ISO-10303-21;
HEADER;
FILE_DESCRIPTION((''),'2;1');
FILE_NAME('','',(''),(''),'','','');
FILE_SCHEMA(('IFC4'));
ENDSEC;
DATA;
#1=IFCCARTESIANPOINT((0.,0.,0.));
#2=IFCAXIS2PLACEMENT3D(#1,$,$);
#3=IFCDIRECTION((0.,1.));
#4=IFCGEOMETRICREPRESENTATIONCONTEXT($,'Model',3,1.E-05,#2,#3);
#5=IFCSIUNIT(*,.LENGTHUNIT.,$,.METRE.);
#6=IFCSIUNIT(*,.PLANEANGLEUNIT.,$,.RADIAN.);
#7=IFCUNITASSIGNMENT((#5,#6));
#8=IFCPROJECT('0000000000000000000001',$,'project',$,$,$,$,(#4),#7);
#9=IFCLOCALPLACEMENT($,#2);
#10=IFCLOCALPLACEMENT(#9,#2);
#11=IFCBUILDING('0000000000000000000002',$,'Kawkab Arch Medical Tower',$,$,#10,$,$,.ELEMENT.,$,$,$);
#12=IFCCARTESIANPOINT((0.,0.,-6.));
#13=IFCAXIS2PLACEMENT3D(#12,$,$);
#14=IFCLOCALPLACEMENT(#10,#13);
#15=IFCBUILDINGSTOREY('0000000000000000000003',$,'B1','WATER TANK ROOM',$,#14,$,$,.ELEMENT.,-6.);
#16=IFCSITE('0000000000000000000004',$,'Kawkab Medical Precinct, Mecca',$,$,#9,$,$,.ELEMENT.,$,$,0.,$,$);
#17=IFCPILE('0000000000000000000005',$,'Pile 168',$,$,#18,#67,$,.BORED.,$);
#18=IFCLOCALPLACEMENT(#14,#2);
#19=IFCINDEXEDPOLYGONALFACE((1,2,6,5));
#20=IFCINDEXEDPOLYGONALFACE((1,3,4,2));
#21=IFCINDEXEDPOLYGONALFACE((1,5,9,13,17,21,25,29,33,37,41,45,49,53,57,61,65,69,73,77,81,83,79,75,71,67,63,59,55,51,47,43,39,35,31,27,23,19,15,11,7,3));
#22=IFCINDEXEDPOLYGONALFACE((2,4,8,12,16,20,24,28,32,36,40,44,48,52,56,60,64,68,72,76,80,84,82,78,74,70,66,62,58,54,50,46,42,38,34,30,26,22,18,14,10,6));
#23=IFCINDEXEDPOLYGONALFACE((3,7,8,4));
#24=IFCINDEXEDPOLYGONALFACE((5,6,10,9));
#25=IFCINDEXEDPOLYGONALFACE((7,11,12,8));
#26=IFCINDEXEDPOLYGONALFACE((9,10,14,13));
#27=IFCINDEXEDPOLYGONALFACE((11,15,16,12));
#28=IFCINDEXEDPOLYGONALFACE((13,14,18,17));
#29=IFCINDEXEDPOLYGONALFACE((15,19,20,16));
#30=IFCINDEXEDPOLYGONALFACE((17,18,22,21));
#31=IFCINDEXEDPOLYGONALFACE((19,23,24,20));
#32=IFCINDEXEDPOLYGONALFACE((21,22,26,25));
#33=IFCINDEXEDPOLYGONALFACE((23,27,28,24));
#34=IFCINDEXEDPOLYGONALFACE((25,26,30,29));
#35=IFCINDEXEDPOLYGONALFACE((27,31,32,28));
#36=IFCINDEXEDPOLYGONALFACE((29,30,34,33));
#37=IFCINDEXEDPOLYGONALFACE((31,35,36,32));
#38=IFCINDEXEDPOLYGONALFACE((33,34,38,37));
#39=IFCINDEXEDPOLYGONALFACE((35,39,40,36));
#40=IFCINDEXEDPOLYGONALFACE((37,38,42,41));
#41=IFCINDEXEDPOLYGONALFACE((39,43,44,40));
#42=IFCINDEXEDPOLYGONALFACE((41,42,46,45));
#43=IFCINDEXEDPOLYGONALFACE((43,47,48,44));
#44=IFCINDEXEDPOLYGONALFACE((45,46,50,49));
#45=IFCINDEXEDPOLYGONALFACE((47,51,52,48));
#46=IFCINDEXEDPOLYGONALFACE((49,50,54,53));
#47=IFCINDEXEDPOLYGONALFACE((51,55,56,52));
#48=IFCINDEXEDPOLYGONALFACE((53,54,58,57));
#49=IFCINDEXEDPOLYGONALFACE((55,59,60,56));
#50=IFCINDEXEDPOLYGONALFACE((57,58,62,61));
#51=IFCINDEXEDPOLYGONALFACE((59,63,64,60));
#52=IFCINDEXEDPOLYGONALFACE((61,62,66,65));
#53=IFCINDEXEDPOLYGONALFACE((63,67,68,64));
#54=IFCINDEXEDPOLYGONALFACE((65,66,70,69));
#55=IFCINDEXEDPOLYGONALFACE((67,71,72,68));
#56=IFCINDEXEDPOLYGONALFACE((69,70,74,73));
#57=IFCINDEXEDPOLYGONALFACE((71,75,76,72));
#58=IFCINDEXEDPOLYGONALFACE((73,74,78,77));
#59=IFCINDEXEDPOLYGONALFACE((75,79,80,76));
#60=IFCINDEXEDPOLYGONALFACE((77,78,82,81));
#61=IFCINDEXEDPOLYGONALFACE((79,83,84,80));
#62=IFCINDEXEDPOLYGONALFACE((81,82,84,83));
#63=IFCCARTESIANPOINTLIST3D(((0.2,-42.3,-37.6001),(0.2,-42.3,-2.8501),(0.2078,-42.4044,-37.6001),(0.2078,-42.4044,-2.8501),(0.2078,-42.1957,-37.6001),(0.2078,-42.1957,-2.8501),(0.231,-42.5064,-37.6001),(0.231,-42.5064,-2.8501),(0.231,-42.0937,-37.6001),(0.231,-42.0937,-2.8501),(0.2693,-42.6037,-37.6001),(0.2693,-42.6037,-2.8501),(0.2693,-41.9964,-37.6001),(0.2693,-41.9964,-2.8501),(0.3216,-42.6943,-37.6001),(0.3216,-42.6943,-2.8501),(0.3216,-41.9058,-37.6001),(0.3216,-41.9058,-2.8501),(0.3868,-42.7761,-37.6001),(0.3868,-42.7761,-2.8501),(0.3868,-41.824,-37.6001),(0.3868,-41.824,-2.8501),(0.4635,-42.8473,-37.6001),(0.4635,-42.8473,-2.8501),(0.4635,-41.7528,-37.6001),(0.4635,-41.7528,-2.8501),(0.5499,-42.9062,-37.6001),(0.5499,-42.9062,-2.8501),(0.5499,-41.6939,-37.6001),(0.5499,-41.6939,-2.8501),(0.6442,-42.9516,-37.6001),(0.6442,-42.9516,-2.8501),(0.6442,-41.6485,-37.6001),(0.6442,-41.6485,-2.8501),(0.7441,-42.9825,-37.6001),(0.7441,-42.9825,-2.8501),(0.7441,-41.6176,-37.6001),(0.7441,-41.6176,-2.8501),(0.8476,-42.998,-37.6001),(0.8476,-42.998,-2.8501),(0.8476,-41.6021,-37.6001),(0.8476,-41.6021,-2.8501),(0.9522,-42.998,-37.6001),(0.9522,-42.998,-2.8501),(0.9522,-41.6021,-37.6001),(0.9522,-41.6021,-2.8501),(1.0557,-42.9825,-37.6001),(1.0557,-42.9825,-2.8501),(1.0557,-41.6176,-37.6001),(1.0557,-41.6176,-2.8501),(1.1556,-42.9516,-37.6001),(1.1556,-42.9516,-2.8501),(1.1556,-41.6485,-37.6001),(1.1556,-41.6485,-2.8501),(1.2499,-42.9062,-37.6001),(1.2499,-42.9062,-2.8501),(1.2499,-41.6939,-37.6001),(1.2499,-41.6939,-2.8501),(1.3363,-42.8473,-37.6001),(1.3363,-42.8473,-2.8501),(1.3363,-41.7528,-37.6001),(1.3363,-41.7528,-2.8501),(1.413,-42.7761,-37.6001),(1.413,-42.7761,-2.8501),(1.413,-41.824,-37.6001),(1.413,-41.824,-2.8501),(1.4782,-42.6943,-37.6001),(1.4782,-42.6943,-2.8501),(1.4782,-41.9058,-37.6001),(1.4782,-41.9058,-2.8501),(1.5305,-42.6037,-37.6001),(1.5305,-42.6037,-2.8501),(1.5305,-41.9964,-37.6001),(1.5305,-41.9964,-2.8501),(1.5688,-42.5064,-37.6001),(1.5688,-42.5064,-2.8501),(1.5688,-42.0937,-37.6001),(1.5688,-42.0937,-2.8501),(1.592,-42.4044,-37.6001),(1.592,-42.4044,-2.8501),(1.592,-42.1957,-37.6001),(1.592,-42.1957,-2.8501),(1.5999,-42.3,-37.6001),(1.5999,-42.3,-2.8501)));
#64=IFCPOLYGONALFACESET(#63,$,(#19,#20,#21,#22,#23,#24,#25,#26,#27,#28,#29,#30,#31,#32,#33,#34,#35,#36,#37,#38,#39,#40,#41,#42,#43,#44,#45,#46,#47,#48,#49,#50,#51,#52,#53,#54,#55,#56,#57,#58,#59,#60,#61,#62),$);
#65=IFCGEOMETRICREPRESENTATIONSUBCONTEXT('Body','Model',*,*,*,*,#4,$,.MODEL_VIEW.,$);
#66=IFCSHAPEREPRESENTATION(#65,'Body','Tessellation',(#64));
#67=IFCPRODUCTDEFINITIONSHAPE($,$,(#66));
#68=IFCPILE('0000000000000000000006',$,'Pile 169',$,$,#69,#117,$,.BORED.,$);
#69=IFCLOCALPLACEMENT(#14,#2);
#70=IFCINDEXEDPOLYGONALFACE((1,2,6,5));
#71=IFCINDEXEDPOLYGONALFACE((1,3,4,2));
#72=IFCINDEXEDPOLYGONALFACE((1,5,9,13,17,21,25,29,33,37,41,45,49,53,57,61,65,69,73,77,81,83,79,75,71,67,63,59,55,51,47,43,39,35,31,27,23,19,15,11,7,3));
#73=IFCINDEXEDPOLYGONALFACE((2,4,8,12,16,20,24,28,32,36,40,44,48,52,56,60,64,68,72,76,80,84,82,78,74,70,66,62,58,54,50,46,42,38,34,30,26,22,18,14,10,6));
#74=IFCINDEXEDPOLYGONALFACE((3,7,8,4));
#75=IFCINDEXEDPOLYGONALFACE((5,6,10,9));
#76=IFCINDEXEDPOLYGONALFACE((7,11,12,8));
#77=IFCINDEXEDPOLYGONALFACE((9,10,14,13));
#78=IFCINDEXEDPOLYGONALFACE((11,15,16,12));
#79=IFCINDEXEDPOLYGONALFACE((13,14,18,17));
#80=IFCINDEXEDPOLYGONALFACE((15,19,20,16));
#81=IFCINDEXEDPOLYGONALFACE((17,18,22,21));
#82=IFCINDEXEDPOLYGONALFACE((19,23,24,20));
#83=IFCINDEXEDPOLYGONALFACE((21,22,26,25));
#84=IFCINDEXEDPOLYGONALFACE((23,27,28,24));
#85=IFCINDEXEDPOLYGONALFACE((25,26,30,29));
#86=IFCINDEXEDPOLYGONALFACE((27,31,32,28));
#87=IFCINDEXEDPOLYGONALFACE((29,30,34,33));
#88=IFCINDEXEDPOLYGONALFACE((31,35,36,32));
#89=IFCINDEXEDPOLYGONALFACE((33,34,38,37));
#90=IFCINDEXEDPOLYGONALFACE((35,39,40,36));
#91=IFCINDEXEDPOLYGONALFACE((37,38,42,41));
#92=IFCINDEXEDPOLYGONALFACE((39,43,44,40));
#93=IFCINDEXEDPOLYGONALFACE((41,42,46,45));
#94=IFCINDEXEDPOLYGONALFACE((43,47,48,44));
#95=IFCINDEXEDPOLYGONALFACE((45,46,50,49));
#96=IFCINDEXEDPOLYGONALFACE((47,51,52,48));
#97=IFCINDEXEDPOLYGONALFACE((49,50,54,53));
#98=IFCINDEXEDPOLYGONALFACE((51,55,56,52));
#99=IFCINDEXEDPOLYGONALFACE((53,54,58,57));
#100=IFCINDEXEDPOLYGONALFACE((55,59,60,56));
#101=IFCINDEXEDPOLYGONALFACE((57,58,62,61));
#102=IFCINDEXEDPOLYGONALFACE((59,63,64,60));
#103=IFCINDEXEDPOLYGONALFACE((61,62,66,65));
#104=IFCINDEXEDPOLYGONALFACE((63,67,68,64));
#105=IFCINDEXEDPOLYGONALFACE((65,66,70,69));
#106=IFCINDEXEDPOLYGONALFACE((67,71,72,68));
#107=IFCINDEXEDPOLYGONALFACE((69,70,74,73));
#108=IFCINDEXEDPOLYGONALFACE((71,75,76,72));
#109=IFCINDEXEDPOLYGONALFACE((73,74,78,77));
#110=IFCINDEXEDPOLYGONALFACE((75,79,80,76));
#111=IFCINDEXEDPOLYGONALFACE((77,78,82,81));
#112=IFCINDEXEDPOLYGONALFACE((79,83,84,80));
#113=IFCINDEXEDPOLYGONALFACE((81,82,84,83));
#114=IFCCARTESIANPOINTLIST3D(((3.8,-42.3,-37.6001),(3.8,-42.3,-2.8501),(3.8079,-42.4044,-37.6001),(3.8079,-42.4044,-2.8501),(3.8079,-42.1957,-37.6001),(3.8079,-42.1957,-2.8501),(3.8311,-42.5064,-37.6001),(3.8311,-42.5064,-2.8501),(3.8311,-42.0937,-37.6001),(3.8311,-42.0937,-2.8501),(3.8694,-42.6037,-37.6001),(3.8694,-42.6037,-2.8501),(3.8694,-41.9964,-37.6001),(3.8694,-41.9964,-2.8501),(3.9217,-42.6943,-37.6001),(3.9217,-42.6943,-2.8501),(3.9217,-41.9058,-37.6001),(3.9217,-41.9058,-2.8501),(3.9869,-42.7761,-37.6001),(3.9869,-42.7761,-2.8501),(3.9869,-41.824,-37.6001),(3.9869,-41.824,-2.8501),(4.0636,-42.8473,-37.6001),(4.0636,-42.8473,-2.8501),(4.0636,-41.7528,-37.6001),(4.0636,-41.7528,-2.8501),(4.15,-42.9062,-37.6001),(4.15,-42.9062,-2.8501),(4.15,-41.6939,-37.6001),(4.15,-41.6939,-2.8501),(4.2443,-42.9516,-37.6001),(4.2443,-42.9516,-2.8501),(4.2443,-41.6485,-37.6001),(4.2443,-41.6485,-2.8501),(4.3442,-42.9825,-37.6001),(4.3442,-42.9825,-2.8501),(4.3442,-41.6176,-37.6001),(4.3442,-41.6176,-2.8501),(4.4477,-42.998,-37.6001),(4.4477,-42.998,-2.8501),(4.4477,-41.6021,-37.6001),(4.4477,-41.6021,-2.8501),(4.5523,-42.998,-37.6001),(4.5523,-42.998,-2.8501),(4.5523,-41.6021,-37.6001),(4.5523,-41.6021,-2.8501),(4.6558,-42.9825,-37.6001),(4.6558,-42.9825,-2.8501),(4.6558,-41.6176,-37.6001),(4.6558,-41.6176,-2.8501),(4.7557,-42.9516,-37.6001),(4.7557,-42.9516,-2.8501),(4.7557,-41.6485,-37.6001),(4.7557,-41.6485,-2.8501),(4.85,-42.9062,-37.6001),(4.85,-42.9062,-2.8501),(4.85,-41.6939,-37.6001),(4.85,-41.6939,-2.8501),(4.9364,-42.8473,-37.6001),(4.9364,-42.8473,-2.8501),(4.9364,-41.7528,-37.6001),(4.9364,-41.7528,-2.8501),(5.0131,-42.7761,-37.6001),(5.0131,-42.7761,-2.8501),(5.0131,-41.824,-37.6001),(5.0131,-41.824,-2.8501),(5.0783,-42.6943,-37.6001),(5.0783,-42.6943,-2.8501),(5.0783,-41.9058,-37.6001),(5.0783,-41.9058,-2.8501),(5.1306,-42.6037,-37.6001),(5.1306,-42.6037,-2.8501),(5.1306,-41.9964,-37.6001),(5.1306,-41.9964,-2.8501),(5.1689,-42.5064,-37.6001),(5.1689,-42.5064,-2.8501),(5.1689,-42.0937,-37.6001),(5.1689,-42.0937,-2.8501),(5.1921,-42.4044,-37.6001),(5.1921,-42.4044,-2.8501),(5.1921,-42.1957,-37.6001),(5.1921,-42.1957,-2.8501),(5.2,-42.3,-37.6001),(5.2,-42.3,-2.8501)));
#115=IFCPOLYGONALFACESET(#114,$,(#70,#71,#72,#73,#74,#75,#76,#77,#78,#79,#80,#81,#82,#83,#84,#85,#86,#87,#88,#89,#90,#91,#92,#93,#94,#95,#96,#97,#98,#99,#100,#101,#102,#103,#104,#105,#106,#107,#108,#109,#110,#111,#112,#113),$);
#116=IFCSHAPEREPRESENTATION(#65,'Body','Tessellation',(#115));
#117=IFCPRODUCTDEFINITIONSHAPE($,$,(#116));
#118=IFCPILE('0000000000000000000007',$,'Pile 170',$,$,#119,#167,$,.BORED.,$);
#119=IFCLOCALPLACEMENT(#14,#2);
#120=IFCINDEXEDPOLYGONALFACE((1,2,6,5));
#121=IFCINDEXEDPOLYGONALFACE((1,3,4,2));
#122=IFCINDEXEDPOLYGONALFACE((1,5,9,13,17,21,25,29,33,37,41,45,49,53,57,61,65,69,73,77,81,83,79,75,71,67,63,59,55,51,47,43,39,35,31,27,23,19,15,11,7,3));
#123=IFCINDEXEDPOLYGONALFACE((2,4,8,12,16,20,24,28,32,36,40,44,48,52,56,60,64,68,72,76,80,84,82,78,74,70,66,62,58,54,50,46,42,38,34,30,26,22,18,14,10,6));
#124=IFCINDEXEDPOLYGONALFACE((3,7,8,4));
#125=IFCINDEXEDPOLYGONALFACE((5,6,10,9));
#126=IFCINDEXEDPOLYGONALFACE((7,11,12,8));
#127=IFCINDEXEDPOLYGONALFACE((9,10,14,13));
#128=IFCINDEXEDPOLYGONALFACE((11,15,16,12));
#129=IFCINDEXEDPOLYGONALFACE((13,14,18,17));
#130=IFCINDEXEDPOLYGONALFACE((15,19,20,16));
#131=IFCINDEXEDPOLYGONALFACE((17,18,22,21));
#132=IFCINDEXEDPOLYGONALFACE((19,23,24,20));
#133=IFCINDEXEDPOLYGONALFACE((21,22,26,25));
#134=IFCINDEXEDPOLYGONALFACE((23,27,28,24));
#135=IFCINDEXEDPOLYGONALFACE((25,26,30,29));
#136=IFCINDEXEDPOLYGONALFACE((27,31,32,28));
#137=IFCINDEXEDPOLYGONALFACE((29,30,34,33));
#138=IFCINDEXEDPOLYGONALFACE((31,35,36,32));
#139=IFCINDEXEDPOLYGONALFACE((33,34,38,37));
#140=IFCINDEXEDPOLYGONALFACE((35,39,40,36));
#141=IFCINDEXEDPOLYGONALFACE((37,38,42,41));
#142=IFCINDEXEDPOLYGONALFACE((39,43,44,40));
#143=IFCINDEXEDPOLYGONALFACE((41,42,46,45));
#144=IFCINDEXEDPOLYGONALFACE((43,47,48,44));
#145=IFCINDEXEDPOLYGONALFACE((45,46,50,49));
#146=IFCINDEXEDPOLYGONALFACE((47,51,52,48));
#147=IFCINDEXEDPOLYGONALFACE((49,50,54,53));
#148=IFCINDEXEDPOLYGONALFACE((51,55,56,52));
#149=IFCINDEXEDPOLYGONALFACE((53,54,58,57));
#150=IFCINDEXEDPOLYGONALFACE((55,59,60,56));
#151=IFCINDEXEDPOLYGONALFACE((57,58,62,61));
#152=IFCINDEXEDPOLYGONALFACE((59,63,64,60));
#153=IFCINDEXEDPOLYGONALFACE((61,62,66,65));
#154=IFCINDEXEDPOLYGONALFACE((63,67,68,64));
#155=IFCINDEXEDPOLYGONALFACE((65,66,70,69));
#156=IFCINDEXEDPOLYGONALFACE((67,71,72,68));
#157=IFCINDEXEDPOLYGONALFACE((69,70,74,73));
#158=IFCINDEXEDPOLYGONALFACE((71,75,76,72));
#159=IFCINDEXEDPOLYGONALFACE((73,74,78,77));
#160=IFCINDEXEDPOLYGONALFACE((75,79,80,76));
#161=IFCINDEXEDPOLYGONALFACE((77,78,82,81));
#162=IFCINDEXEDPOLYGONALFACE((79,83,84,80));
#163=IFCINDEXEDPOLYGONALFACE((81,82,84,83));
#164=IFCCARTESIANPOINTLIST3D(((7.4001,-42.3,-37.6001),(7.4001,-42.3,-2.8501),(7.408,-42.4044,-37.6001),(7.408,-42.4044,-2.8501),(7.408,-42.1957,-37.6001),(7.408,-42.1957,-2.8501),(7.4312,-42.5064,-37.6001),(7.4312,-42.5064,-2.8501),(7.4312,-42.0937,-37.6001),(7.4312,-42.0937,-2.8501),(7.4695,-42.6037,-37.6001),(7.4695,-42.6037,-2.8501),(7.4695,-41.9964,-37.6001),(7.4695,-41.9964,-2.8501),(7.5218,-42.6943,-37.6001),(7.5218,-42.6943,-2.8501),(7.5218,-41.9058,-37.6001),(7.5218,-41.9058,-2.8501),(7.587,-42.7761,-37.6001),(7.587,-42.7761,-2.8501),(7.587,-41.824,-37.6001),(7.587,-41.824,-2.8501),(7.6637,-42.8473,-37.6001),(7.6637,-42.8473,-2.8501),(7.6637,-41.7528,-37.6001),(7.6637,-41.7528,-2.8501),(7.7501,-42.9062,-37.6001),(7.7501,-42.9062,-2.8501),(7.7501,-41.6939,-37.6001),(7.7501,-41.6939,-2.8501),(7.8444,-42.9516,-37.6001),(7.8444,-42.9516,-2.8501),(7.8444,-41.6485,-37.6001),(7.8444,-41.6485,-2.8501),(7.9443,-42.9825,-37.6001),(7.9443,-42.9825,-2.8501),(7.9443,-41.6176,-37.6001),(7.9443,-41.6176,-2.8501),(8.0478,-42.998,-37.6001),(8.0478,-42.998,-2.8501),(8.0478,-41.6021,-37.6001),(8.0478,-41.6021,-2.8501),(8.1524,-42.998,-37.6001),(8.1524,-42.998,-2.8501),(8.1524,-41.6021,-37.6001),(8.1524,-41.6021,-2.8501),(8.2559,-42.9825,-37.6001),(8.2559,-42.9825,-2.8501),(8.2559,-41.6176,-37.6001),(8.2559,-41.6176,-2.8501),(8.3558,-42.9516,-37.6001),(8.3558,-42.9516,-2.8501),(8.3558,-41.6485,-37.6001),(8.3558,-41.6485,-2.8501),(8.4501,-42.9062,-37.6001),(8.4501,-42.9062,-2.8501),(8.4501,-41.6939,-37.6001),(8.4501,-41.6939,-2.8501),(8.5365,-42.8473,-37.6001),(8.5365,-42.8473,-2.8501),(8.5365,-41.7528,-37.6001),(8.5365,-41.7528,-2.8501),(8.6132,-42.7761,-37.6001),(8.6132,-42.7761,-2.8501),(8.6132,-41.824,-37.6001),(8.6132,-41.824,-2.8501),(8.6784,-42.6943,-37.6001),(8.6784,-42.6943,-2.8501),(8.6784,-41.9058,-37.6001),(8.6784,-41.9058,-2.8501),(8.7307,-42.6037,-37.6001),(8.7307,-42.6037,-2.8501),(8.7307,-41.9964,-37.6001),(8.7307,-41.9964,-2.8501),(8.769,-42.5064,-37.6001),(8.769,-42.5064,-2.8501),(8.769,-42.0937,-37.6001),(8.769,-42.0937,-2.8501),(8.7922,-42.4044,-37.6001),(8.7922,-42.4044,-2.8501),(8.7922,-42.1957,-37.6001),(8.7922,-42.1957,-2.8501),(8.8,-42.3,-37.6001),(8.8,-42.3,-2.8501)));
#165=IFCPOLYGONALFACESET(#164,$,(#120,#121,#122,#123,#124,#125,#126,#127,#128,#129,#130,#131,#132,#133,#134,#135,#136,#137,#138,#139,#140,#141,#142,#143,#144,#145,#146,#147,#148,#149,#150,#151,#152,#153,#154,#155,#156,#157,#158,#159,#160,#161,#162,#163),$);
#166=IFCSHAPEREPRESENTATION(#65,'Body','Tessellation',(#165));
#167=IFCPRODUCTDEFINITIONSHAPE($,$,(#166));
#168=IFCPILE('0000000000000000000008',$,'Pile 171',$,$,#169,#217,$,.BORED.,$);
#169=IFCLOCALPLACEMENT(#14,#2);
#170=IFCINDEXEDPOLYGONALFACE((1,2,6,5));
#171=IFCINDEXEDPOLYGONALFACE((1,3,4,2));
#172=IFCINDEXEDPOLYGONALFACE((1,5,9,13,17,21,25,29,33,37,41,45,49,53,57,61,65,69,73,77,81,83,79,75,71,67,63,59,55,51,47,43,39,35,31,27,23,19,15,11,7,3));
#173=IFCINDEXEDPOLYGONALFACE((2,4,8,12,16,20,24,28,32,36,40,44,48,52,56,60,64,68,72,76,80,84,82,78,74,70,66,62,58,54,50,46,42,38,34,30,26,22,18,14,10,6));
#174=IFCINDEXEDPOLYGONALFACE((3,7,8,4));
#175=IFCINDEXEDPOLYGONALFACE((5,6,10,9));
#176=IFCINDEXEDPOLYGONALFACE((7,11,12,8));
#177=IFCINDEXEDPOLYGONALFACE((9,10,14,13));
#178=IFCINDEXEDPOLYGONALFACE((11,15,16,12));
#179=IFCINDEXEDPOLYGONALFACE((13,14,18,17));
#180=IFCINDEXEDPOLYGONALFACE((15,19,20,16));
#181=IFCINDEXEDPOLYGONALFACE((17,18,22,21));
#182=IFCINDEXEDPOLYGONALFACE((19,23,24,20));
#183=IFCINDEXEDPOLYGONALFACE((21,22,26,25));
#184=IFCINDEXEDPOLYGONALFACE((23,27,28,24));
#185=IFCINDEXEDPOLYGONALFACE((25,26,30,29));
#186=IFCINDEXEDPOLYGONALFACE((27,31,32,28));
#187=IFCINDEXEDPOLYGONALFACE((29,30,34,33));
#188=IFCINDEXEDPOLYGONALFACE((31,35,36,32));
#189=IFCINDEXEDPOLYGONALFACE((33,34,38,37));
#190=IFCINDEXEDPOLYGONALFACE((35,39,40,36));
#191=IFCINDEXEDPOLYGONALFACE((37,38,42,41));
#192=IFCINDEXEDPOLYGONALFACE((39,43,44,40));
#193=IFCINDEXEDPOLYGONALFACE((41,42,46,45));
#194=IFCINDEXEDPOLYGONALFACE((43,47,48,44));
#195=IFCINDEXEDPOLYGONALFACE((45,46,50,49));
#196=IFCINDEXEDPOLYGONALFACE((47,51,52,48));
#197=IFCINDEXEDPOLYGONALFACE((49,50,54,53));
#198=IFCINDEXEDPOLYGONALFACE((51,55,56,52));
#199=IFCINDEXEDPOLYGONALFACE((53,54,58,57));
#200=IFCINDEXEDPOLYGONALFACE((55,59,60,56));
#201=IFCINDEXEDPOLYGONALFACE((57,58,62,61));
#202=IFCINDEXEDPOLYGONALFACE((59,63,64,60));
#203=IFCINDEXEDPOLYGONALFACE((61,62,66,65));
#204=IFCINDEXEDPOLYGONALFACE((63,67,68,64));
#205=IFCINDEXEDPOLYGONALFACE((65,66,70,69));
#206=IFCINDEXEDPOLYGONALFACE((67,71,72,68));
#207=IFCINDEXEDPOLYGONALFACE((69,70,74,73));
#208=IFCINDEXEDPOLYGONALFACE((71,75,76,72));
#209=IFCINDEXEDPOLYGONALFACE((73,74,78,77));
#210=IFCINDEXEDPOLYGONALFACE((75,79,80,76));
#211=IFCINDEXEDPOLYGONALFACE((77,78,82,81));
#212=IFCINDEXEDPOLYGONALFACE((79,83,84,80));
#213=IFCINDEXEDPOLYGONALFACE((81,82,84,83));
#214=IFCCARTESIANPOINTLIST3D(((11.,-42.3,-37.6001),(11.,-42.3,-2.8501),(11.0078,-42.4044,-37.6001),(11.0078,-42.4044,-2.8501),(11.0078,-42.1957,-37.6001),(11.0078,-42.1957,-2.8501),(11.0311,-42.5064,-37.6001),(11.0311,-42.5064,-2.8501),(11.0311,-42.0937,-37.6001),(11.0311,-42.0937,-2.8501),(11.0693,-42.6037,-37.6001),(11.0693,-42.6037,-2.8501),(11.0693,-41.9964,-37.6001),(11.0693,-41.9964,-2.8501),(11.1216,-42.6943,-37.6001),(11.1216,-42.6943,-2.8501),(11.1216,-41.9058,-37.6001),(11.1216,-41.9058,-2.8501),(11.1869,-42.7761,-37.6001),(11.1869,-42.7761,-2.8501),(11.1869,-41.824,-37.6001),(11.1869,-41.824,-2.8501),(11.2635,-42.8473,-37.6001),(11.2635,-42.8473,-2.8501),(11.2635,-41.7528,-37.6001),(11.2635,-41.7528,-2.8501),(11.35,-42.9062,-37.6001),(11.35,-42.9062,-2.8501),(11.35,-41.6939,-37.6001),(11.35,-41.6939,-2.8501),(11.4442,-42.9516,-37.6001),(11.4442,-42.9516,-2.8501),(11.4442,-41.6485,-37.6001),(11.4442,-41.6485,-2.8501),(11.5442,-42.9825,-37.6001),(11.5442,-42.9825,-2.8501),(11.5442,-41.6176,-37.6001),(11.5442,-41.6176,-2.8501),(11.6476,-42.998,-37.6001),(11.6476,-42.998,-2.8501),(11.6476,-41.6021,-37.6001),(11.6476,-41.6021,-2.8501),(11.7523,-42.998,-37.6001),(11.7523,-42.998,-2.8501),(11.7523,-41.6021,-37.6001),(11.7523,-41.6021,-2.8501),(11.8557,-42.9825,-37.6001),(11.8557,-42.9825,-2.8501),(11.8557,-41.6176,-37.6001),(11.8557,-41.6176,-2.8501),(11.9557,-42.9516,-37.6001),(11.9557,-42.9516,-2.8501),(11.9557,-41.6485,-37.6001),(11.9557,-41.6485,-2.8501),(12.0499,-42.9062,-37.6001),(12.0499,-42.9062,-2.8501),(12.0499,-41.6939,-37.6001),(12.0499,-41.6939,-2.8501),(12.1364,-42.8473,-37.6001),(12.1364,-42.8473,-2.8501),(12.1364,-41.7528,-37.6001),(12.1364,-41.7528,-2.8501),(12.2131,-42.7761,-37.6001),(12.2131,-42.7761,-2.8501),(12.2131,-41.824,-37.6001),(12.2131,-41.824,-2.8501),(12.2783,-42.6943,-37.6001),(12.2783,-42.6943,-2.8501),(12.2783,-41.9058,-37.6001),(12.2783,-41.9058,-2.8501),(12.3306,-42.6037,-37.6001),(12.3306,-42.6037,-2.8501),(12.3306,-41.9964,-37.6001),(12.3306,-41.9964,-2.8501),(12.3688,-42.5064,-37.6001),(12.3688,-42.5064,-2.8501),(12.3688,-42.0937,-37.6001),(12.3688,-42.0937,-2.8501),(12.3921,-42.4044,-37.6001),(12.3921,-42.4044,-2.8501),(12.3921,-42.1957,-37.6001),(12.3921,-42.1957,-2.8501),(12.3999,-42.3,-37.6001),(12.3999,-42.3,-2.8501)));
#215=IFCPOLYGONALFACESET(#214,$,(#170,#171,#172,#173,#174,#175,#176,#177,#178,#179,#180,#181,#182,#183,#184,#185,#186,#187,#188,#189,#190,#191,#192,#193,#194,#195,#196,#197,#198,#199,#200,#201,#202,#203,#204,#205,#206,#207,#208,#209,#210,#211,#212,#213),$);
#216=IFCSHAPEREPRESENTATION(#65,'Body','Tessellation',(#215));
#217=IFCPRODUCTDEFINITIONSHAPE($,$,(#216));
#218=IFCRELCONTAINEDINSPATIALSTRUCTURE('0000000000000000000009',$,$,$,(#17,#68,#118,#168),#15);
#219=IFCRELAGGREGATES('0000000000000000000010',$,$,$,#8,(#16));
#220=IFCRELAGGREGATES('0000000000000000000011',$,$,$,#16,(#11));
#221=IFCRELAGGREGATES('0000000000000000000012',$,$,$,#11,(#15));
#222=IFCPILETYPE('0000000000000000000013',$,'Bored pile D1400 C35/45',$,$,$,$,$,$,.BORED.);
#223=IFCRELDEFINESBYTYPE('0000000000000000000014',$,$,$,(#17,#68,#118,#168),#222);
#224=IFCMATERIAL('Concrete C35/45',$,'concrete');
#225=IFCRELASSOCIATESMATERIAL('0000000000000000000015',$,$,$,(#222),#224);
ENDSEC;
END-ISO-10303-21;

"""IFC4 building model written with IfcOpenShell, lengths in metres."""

from ifc_helpers import new_model, si_unit, direction, frame, origin, origin_2d, place, context, subcontext, project, spatial, circle, extrude, material, material_profile, profile_set, type_object, element, save


model = new_model("IFC4")

# Units and contexts
model_context = context("Model", 3, precision=1e-05, world=origin(), true_north=direction((0.0, 1.0)))
body_context = subcontext(model_context, "Body", "Model", "MODEL_VIEW")
ifc_project = project(units=[si_unit("LENGTHUNIT", "METRE"), si_unit("PLANEANGLEUNIT", "RADIAN")], contexts=[model_context])

# Site, building, storey
site_placement = place(None, origin())
site = spatial("IfcSite", under=ifc_project, at=site_placement, Name="Kawkab Medical Precinct, Mecca", CompositionType="ELEMENT", RefElevation=0.0)
building_placement = place(site_placement, origin())
building = spatial("IfcBuilding", under=site, at=building_placement, Name="Kawkab Arch Medical Tower", CompositionType="ELEMENT")
storey_placement = place(building_placement, frame((0.0, 0.0, -6.0)))
storey = spatial("IfcBuildingStorey", under=building, at=storey_placement, Name="B1", Description="WATER TANK ROOM", CompositionType="ELEMENT", Elevation=-6.0)

# Piles
ifc_material_1 = material(Name="Concrete C35/45", Category="concrete")
ifc_material_profile_1 = material_profile(ifc_material_1, circle(Radius=0.7, at=origin_2d()), Name="Bored pile D1400")
ifc_profile_set_1 = profile_set([ifc_material_profile_1], Name="Concrete C35/45")
pile_type = type_object("IfcPileType", Name="Bored pile D1400 C35/45", PredefinedType="BORED", material=ifc_profile_set_1)
for number, where, z_axis, x_axis, name in (
    (1, (0.8999, -42.3, -2.8501), (0.0, 0.0, -1.0), (1.0, 0.0, 0.0), "Pile 168"),
    (2, (4.5, -42.3, -2.8501), (0.0, 0.0, -1.0), (1.0, 0.0, 0.0), "Pile 169"),
    (3, (8.1001, -42.3, -2.8501), (0.0, 0.0, -1.0), (1.0, 0.0, 0.0), "Pile 170"),
    (4, (11.7, -42.3, -2.8501), (0.0, 0.0, -1.0), (1.0, 0.0, 0.0), "Pile 171"),
):
    element("IfcPile", number, at=place(storey_placement, frame(where, z_axis=z_axis, x_axis=x_axis)), inside=storey, type_object=pile_type, Name=name, PredefinedType="BORED", context=body_context, shape_type="SweptSolid", body=[
        extrude(circle(Radius=0.7, at=origin_2d()), origin(), (0.0, 0.0, 1.0), 34.75),
    ])

save(model, "model.ifc")
